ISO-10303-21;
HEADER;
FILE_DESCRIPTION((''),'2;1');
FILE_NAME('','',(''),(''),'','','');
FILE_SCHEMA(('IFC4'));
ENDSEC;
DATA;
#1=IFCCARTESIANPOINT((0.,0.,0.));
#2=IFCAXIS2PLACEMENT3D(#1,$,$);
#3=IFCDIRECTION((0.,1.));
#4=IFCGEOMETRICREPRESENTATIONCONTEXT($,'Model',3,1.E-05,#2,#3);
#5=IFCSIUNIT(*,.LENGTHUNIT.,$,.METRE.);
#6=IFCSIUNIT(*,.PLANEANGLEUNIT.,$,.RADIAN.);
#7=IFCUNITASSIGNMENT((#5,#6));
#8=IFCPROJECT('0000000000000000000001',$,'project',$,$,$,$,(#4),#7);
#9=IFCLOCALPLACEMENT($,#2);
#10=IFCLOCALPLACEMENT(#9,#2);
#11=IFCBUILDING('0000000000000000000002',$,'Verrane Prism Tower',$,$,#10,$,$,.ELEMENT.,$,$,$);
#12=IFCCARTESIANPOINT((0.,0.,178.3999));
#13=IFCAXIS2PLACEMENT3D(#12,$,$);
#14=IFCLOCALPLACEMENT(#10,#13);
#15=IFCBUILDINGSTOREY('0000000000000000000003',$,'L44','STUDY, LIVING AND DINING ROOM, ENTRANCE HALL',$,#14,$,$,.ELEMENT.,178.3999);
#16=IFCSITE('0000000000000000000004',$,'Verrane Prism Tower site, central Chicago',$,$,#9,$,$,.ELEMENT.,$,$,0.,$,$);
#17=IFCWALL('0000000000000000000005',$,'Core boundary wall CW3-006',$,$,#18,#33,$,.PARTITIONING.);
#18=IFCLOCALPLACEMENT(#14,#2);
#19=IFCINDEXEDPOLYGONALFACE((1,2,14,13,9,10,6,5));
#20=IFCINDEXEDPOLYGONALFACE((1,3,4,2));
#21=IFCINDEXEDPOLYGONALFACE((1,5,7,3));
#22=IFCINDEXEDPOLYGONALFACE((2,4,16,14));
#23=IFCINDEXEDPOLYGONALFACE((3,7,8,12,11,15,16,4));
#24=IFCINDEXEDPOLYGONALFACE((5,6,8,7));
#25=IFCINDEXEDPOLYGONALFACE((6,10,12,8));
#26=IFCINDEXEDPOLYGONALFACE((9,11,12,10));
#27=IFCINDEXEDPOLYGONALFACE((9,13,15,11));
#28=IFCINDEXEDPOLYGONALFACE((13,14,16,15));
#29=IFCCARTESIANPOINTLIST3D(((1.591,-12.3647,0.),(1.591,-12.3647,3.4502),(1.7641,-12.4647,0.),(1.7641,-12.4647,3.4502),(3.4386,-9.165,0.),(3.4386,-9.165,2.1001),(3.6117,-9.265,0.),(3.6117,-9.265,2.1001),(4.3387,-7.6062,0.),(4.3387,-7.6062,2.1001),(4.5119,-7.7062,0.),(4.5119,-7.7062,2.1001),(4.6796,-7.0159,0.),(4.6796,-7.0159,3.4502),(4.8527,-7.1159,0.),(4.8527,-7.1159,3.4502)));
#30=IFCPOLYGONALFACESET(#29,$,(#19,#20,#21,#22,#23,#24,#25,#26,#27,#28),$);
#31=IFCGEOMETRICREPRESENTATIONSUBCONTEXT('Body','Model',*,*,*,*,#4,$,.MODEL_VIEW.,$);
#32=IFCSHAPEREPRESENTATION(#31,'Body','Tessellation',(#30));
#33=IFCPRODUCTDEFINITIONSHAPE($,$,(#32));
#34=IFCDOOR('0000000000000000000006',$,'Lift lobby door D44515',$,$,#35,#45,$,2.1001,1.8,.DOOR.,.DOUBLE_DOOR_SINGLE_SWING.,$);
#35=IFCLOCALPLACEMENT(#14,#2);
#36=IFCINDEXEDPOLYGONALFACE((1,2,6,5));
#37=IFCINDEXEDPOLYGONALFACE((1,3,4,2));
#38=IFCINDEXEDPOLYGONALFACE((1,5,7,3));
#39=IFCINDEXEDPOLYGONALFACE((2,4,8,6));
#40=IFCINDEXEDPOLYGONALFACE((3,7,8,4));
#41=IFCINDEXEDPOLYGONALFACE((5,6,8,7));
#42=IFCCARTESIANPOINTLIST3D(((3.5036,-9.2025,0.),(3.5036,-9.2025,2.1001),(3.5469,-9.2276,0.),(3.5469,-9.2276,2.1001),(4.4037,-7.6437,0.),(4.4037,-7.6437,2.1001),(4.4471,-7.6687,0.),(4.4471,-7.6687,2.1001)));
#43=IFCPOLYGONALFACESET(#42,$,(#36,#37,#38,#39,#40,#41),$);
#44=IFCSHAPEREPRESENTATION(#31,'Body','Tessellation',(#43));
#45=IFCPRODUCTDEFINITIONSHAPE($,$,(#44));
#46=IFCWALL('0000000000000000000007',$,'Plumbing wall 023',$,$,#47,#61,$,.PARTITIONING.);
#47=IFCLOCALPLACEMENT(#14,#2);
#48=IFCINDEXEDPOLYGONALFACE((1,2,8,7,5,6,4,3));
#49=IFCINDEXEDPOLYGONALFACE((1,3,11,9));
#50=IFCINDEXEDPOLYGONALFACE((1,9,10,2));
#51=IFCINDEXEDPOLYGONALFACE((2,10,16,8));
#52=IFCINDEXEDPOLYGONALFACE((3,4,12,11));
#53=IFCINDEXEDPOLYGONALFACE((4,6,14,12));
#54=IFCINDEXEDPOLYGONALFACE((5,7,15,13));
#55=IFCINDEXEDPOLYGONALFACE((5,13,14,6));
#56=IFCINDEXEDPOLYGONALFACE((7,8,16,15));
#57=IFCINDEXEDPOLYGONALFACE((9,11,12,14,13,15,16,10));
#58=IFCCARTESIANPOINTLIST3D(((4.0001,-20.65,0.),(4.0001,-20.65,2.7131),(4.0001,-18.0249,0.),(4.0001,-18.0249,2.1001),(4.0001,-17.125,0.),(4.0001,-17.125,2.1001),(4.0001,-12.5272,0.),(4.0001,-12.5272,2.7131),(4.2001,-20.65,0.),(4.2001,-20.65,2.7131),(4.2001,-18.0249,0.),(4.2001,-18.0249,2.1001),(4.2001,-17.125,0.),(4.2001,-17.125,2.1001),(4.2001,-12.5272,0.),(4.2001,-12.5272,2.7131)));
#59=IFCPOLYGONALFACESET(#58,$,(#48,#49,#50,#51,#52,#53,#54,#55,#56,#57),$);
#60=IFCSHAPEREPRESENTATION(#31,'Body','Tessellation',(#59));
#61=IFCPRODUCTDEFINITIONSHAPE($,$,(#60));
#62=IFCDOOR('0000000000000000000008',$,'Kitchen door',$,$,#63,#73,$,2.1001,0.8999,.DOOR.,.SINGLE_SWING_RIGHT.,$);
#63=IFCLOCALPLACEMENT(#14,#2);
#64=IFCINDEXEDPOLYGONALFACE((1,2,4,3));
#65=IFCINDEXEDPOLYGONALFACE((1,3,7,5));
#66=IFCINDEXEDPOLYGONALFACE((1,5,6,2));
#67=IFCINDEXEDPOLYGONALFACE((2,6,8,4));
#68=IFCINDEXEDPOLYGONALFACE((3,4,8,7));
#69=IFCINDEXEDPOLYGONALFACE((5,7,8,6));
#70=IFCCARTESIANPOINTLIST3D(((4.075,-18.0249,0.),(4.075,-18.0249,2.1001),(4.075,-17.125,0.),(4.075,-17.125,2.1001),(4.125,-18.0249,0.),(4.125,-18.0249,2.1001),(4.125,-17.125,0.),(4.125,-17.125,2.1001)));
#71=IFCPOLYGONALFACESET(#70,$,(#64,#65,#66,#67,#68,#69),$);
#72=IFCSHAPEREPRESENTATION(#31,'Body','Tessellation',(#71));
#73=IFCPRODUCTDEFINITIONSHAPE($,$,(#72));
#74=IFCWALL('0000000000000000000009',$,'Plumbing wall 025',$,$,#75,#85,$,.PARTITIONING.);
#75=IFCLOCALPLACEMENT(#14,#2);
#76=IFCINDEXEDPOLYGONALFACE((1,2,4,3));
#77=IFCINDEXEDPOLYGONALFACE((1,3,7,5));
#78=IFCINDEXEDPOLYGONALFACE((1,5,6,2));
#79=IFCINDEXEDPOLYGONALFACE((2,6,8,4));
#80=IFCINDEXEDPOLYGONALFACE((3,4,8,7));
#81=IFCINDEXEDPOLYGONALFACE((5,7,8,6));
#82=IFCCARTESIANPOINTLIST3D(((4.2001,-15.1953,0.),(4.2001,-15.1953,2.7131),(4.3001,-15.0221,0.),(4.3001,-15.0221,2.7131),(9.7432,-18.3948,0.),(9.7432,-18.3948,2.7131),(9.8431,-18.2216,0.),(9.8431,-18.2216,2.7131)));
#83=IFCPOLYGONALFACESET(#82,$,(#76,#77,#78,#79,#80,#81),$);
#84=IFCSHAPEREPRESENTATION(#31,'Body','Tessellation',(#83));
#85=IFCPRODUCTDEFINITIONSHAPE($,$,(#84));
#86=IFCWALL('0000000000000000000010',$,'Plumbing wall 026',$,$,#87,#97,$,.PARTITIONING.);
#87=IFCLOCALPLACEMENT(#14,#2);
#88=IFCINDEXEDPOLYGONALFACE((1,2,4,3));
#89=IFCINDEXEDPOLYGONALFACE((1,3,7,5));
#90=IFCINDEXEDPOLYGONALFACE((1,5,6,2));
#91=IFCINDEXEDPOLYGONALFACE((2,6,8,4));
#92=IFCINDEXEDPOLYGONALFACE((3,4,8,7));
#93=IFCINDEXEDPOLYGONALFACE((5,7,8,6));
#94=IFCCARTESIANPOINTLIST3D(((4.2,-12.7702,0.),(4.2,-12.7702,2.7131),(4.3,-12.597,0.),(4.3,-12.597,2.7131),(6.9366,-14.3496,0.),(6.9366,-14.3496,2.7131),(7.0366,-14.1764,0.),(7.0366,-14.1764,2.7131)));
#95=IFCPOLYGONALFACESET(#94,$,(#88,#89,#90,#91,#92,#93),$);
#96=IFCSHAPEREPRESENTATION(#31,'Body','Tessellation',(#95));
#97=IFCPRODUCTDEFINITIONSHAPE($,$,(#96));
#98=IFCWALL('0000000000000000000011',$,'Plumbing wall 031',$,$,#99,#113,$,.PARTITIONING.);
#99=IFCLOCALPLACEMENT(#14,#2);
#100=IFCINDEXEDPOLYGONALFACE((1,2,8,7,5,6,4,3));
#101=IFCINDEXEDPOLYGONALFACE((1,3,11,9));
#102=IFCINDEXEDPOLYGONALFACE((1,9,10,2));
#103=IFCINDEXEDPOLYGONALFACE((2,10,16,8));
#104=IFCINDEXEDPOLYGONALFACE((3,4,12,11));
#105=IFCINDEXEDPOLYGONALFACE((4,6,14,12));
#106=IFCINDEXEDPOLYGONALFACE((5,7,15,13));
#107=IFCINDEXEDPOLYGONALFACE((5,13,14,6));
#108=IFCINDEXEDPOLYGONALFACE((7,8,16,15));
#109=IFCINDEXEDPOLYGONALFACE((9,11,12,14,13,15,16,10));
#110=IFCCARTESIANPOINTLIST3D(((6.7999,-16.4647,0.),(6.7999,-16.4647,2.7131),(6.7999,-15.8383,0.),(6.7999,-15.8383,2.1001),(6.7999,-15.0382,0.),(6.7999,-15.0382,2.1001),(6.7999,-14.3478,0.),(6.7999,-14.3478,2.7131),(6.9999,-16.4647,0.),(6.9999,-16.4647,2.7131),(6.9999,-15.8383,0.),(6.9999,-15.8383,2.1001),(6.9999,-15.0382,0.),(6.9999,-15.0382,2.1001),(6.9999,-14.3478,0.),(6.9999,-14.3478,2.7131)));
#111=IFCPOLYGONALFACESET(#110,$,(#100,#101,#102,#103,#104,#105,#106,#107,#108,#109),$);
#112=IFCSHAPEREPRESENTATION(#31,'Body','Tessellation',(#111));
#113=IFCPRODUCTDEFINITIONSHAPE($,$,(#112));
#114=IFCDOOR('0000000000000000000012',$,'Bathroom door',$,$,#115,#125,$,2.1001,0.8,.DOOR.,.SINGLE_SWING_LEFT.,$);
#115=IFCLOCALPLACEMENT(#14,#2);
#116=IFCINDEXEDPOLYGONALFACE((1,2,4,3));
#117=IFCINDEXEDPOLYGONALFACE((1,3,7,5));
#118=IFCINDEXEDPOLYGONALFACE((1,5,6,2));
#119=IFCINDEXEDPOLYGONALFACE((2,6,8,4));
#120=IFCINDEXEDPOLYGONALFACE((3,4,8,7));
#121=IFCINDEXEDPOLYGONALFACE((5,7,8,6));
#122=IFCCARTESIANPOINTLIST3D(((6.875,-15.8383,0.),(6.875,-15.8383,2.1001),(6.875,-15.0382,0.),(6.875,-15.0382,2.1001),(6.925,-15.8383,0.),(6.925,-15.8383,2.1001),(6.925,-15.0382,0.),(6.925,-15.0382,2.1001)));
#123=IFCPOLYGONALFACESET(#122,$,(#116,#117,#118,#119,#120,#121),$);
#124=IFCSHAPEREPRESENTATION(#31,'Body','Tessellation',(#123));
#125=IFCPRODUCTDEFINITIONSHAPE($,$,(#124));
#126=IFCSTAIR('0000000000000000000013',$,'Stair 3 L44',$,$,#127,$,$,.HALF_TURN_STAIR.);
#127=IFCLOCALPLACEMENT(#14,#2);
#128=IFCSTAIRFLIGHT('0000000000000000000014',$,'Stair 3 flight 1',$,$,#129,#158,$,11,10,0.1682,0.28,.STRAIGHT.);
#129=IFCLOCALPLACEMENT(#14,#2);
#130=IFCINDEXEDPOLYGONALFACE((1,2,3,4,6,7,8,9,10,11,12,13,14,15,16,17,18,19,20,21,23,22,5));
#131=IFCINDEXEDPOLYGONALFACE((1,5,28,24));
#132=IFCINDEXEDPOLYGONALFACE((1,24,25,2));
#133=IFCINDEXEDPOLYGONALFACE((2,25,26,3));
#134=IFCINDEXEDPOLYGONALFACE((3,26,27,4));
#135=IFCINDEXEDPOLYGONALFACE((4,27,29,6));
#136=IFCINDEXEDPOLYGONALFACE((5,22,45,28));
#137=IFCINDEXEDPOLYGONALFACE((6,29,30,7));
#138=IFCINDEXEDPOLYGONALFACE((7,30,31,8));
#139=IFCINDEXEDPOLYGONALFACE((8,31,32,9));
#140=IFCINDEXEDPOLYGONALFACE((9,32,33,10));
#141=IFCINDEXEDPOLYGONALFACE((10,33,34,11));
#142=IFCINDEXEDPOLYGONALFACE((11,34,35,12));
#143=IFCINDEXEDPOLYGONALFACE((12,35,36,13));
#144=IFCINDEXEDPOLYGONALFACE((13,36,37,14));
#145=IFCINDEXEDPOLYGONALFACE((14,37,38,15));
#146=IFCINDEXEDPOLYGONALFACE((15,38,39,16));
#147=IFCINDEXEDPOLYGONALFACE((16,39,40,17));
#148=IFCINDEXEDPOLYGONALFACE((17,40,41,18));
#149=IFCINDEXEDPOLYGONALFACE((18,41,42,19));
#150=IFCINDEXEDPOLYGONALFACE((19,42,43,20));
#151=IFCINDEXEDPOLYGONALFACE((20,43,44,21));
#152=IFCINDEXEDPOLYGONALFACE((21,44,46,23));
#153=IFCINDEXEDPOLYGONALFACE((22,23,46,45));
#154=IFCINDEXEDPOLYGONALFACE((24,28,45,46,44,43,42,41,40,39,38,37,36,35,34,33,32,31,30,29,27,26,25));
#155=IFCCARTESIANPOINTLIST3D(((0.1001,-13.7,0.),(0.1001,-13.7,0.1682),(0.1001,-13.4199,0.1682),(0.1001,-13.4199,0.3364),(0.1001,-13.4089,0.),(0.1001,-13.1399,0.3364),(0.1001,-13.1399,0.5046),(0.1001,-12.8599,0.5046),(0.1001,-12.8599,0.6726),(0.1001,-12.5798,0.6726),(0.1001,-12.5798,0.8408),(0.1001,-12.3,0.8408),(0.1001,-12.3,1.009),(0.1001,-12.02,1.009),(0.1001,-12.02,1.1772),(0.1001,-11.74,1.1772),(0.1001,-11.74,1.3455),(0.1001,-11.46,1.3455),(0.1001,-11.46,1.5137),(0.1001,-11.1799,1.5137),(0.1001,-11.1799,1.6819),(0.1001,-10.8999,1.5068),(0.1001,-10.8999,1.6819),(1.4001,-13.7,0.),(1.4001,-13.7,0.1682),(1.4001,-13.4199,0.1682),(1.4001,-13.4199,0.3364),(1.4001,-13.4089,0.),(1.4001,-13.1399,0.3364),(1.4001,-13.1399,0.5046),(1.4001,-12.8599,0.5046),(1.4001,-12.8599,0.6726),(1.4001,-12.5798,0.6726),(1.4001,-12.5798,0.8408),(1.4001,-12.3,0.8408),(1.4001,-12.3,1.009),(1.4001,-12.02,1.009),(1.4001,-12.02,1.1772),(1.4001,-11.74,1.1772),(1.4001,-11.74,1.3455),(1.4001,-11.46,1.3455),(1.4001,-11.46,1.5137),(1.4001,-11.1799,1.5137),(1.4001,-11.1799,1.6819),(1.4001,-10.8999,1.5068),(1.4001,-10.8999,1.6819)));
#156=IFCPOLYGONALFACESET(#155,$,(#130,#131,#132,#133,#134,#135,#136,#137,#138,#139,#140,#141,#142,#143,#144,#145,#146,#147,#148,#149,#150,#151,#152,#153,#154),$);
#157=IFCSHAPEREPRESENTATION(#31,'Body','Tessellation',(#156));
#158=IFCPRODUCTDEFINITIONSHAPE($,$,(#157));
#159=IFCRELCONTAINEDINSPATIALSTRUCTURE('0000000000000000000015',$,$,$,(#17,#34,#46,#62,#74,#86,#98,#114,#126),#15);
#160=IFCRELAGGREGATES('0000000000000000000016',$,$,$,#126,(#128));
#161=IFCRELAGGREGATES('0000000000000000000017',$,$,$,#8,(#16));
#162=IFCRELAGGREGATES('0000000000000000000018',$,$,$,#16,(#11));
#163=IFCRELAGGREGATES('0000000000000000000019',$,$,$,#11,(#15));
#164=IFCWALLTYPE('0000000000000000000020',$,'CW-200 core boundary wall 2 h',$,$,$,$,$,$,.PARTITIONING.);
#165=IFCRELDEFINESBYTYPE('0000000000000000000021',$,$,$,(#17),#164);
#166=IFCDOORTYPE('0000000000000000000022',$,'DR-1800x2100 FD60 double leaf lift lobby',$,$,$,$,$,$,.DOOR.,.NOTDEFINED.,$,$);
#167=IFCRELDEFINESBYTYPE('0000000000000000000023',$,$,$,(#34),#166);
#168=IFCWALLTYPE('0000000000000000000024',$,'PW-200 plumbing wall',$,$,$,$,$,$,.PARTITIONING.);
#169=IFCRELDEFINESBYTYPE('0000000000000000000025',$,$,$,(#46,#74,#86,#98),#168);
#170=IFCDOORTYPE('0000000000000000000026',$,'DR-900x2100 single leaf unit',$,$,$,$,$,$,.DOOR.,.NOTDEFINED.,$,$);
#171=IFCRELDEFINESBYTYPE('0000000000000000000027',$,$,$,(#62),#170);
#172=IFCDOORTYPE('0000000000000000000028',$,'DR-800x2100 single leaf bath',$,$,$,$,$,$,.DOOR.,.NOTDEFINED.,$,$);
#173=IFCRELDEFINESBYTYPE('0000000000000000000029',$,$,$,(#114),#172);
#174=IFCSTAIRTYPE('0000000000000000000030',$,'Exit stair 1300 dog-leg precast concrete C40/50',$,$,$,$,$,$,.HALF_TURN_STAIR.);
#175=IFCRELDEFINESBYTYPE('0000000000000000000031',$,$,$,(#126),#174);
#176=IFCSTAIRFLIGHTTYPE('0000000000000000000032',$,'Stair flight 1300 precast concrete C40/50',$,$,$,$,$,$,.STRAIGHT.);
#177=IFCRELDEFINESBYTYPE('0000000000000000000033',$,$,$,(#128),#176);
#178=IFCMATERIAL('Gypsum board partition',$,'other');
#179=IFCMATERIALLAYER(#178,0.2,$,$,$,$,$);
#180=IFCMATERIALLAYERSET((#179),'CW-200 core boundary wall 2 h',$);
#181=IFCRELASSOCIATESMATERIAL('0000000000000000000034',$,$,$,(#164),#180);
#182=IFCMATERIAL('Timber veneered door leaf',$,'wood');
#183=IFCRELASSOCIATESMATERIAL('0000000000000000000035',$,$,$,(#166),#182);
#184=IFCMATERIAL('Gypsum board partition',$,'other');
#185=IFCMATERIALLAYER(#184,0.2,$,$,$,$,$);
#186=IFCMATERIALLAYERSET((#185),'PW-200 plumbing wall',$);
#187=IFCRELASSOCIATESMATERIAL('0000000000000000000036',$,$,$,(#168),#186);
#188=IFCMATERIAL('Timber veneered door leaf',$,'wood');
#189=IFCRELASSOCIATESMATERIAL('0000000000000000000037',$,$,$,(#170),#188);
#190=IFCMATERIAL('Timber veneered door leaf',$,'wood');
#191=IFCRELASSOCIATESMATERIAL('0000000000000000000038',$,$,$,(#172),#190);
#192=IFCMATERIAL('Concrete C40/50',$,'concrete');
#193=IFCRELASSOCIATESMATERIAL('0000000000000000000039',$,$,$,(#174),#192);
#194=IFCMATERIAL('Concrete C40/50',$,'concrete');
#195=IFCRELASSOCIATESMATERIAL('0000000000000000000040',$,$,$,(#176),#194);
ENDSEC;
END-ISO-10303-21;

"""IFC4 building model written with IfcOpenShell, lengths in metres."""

from ifc_helpers import new_model, si_unit, direction, frame, frame_2d, origin, place, context, subcontext, project, spatial, polyline, rectangle, outline, extrude, material, layer, layer_set, type_object, element, fill, aggregate, save


model = new_model("IFC4")

# Units and contexts
model_context = context("Model", 3, precision=1e-05, world=origin(), true_north=direction((0.0, 1.0)))
body_context = subcontext(model_context, "Body", "Model", "MODEL_VIEW")
ifc_project = project(units=[si_unit("LENGTHUNIT", "METRE"), si_unit("PLANEANGLEUNIT", "RADIAN")], contexts=[model_context])

# Site, building, storey
site_placement = place(None, origin())
site = spatial("IfcSite", under=ifc_project, at=site_placement, Name="Verrane Prism Tower site, central Chicago", CompositionType="ELEMENT", RefElevation=0.0)
building_placement = place(site_placement, origin())
building = spatial("IfcBuilding", under=site, at=building_placement, Name="Verrane Prism Tower", CompositionType="ELEMENT")
storey_placement = place(building_placement, frame((0.0, 0.0, 178.3999)))
storey = spatial("IfcBuildingStorey", under=building, at=storey_placement, Name="L44", Description="STUDY, LIVING AND DINING ROOM, ENTRANCE HALL", CompositionType="ELEMENT", Elevation=178.3999)

# Walls, openings, doors
ifc_material_1 = material(Name="Gypsum board partition", Category="other")
ifc_layer_1 = layer(ifc_material_1, 0.2)
ifc_layer_set_1 = layer_set([ifc_layer_1], Name="CW-200 core boundary wall 2 h")
wall_type_1 = type_object("IfcWallType", Name="CW-200 core boundary wall 2 h", PredefinedType="PARTITIONING", material=ifc_layer_set_1)
wall_1_placement = place(storey_placement, frame((1.6775, -12.4148, 0.0), z_axis=(0.0, 0.0, 1.0), x_axis=(0.500054, 0.865994, 0.0)))
wall_1 = element("IfcWall", 1, at=wall_1_placement, inside=storey, type_object=wall_type_1, Name="Core boundary wall CW3-006", PredefinedType="PARTITIONING", context=body_context, shape_type="SweptSolid", body=[
    extrude(rectangle(XDim=6.1765, YDim=0.2, at=frame_2d((3.0884, 0.0))), origin(), (0.0, 0.0, 1.0), 3.4502),
])
opening_1_placement = place(wall_1_placement, frame((3.6951, 0.0, 0.0)))
opening_1 = element("IfcOpeningElement", 2, at=opening_1_placement, cuts=wall_1, PredefinedType="OPENING", context=body_context, shape_type="SweptSolid", body=[
    extrude(rectangle(XDim=1.8, YDim=2.1001, at=frame_2d((0.8999, 1.05))), frame((0.0, 0.1099, 0.0), z_axis=(0.0, -1.0, 0.0), x_axis=(1.0, 0.0, 0.0)), (0.0, 0.0, 1.0), 0.22),
])
ifc_material_2 = material(Name="Timber veneered door leaf", Category="wood")
door_type_1 = type_object("IfcDoorType", Name="DR-1800x2100 FD60 double leaf lift lobby", OperationType="NOTDEFINED", PredefinedType="DOOR", material=ifc_material_2)
door_1_placement = place(opening_1_placement, origin())
door_1 = element("IfcDoor", 3, at=door_1_placement, inside=storey, type_object=door_type_1, Name="Lift lobby door D44515", OperationType="DOUBLE_DOOR_SINGLE_SWING", OverallHeight=2.1001, OverallWidth=1.8, PredefinedType="DOOR", context=body_context, shape_type="SweptSolid", body=[
    extrude(rectangle(XDim=1.8, YDim=2.1001, at=frame_2d((0.8999, 1.05))), frame((0.0, 0.0249, 0.0), z_axis=(0.0, -1.0, 0.0), x_axis=(1.0, 0.0, 0.0)), (0.0, 0.0, 1.0), 0.05),
])
fill(opening_1, door_1)
ifc_material_3 = material(Name="Gypsum board partition", Category="other")
ifc_layer_2 = layer(ifc_material_3, 0.2)
ifc_layer_set_2 = layer_set([ifc_layer_2], Name="PW-200 plumbing wall")
wall_type_2 = type_object("IfcWallType", Name="PW-200 plumbing wall", PredefinedType="PARTITIONING", material=ifc_layer_set_2)
wall_2_placement = place(storey_placement, frame((4.1001, -12.5271, 0.0), z_axis=(0.0, 0.0, 1.0), x_axis=(0.0, -1.0, 0.0)))
wall_2 = element("IfcWall", 4, at=wall_2_placement, inside=storey, type_object=wall_type_2, Name="Plumbing wall 023", PredefinedType="PARTITIONING", context=body_context, shape_type="SweptSolid", body=[
    extrude(rectangle(XDim=8.1228, YDim=0.2, at=frame_2d((4.0615, 0.0))), origin(), (0.0, 0.0, 1.0), 2.7131),
])
opening_2_placement = place(wall_2_placement, frame((4.5979, 0.0, 0.0)))
opening_2 = element("IfcOpeningElement", 5, at=opening_2_placement, cuts=wall_2, PredefinedType="OPENING", context=body_context, shape_type="SweptSolid", body=[
    extrude(rectangle(XDim=0.8999, YDim=2.1001, at=frame_2d((0.45, 1.05))), frame((0.0, 0.1099, 0.0), z_axis=(0.0, -1.0, 0.0), x_axis=(1.0, 0.0, 0.0)), (0.0, 0.0, 1.0), 0.22),
])
ifc_material_4 = material(Name="Timber veneered door leaf", Category="wood")
door_type_2 = type_object("IfcDoorType", Name="DR-900x2100 single leaf unit", OperationType="NOTDEFINED", PredefinedType="DOOR", material=ifc_material_4)
door_2_placement = place(opening_2_placement, origin())
door_2 = element("IfcDoor", 6, at=door_2_placement, inside=storey, type_object=door_type_2, Name="Kitchen door", OperationType="SINGLE_SWING_RIGHT", OverallHeight=2.1001, OverallWidth=0.8999, PredefinedType="DOOR", context=body_context, shape_type="SweptSolid", body=[
    extrude(rectangle(XDim=0.8999, YDim=2.1001, at=frame_2d((0.45, 1.05))), frame((0.0, 0.0249, 0.0), z_axis=(0.0, -1.0, 0.0), x_axis=(1.0, 0.0, 0.0)), (0.0, 0.0, 1.0), 0.05),
])
fill(opening_2, door_2)

# Walls
wall_3_placement = place(storey_placement, frame((4.25, -15.1086, 0.0), z_axis=(0.0, 0.0, 1.0), x_axis=(0.866078, -0.49991, 0.0)))
element("IfcWall", 7, at=wall_3_placement, inside=storey, type_object=wall_type_2, Name="Plumbing wall 025", PredefinedType="PARTITIONING", context=body_context, shape_type="SweptSolid", body=[
    extrude(rectangle(XDim=6.4001, YDim=0.2, at=frame_2d((3.2002, 0.0))), origin(), (0.0, 0.0, 1.0), 2.7131),
])
wall_4_placement = place(storey_placement, frame((4.25, -12.6836, 0.0), z_axis=(0.0, 0.0, 1.0), x_axis=(0.86611, -0.499854, 0.0)))
element("IfcWall", 8, at=wall_4_placement, inside=storey, type_object=wall_type_2, Name="Plumbing wall 026", PredefinedType="PARTITIONING", context=body_context, shape_type="SweptSolid", body=[
    extrude(rectangle(XDim=3.1597, YDim=0.2, at=frame_2d((1.5798, 0.0))), origin(), (0.0, 0.0, 1.0), 2.7131),
])

# Wall, opening, door
wall_5_placement = place(storey_placement, frame((6.8999, -16.4648, 0.0), z_axis=(0.0, 0.0, 1.0), x_axis=(0.0, 1.0, 0.0)))
wall_5 = element("IfcWall", 9, at=wall_5_placement, inside=storey, type_object=wall_type_2, Name="Plumbing wall 031", PredefinedType="PARTITIONING", context=body_context, shape_type="SweptSolid", body=[
    extrude(rectangle(XDim=2.1169, YDim=0.2, at=frame_2d((1.0586, 0.0))), origin(), (0.0, 0.0, 1.0), 2.7131),
])
opening_3_placement = place(wall_5_placement, frame((0.6267, 0.0, 0.0)))
opening_3 = element("IfcOpeningElement", 10, at=opening_3_placement, cuts=wall_5, PredefinedType="OPENING", context=body_context, shape_type="SweptSolid", body=[
    extrude(rectangle(XDim=0.8, YDim=2.1001, at=frame_2d((0.3999, 1.05))), frame((0.0, 0.1099, 0.0), z_axis=(0.0, -1.0, 0.0), x_axis=(1.0, 0.0, 0.0)), (0.0, 0.0, 1.0), 0.22),
])
ifc_material_5 = material(Name="Timber veneered door leaf", Category="wood")
door_type_3 = type_object("IfcDoorType", Name="DR-800x2100 single leaf bath", OperationType="NOTDEFINED", PredefinedType="DOOR", material=ifc_material_5)
door_3_placement = place(opening_3_placement, origin())
door_3 = element("IfcDoor", 11, at=door_3_placement, inside=storey, type_object=door_type_3, Name="Bathroom door", OperationType="SINGLE_SWING_LEFT", OverallHeight=2.1001, OverallWidth=0.8, PredefinedType="DOOR", context=body_context, shape_type="SweptSolid", body=[
    extrude(rectangle(XDim=0.8, YDim=2.1001, at=frame_2d((0.3999, 1.05))), frame((0.0, 0.0249, 0.0), z_axis=(0.0, -1.0, 0.0), x_axis=(1.0, 0.0, 0.0)), (0.0, 0.0, 1.0), 0.05),
])
fill(opening_3, door_3)

# Stair, stair flight
ifc_material_6 = material(Name="Concrete C40/50", Category="concrete")
stair_type = type_object("IfcStairType", Name="Exit stair 1300 dog-leg precast concrete C40/50", PredefinedType="HALF_TURN_STAIR", material=ifc_material_6)
stair_placement = place(storey_placement, origin())
stair = element("IfcStair", 12, at=stair_placement, inside=storey, type_object=stair_type, Name="Stair 3 L44", PredefinedType="HALF_TURN_STAIR")
ifc_material_7 = material(Name="Concrete C40/50", Category="concrete")
stair_flight_type = type_object("IfcStairFlightType", Name="Stair flight 1300 precast concrete C40/50", PredefinedType="STRAIGHT", material=ifc_material_7)
stair_flight_placement = place(storey_placement, frame((0.75, -13.7, 0.0), z_axis=(0.0, 0.0, 1.0), x_axis=(0.0, 1.0, 0.0)))
stair_flight = element("IfcStairFlight", 13, at=stair_flight_placement, type_object=stair_flight_type, Name="Stair 3 flight 1", NumberOfRisers=11, NumberOfTreads=10, PredefinedType="STRAIGHT", RiserHeight=0.1682, TreadLength=0.28, context=body_context, shape_type="SweptSolid", body=[
    extrude(outline(polyline([(0.0, 0.0), (0.0, 0.1682), (0.28, 0.1682), (0.28, 0.3364), (0.5601, 0.3364), (0.5601, 0.5046), (0.8401, 0.5046), (0.8401, 0.6726), (1.1201, 0.6726), (1.1201, 0.8408), (1.3999, 0.8408), (1.3999, 1.009), (1.6799, 1.009), (1.6799, 1.1772), (1.96, 1.1772), (1.96, 1.3455), (2.24, 1.3455), (2.24, 1.5137), (2.52, 1.5137), (2.52, 1.6819), (2.8, 1.6819), (2.8, 1.8501), (2.8, 1.5068), (0.291, 0.0), (0.0, 0.0)])), frame((0.0, 0.6499, 0.0), z_axis=(0.0, -1.0, 0.0), x_axis=(1.0, 0.0, 0.0)), (0.0, 0.0, 1.0), 1.3),
])
aggregate(stair, [stair_flight])

save(model, "model.ifc")
